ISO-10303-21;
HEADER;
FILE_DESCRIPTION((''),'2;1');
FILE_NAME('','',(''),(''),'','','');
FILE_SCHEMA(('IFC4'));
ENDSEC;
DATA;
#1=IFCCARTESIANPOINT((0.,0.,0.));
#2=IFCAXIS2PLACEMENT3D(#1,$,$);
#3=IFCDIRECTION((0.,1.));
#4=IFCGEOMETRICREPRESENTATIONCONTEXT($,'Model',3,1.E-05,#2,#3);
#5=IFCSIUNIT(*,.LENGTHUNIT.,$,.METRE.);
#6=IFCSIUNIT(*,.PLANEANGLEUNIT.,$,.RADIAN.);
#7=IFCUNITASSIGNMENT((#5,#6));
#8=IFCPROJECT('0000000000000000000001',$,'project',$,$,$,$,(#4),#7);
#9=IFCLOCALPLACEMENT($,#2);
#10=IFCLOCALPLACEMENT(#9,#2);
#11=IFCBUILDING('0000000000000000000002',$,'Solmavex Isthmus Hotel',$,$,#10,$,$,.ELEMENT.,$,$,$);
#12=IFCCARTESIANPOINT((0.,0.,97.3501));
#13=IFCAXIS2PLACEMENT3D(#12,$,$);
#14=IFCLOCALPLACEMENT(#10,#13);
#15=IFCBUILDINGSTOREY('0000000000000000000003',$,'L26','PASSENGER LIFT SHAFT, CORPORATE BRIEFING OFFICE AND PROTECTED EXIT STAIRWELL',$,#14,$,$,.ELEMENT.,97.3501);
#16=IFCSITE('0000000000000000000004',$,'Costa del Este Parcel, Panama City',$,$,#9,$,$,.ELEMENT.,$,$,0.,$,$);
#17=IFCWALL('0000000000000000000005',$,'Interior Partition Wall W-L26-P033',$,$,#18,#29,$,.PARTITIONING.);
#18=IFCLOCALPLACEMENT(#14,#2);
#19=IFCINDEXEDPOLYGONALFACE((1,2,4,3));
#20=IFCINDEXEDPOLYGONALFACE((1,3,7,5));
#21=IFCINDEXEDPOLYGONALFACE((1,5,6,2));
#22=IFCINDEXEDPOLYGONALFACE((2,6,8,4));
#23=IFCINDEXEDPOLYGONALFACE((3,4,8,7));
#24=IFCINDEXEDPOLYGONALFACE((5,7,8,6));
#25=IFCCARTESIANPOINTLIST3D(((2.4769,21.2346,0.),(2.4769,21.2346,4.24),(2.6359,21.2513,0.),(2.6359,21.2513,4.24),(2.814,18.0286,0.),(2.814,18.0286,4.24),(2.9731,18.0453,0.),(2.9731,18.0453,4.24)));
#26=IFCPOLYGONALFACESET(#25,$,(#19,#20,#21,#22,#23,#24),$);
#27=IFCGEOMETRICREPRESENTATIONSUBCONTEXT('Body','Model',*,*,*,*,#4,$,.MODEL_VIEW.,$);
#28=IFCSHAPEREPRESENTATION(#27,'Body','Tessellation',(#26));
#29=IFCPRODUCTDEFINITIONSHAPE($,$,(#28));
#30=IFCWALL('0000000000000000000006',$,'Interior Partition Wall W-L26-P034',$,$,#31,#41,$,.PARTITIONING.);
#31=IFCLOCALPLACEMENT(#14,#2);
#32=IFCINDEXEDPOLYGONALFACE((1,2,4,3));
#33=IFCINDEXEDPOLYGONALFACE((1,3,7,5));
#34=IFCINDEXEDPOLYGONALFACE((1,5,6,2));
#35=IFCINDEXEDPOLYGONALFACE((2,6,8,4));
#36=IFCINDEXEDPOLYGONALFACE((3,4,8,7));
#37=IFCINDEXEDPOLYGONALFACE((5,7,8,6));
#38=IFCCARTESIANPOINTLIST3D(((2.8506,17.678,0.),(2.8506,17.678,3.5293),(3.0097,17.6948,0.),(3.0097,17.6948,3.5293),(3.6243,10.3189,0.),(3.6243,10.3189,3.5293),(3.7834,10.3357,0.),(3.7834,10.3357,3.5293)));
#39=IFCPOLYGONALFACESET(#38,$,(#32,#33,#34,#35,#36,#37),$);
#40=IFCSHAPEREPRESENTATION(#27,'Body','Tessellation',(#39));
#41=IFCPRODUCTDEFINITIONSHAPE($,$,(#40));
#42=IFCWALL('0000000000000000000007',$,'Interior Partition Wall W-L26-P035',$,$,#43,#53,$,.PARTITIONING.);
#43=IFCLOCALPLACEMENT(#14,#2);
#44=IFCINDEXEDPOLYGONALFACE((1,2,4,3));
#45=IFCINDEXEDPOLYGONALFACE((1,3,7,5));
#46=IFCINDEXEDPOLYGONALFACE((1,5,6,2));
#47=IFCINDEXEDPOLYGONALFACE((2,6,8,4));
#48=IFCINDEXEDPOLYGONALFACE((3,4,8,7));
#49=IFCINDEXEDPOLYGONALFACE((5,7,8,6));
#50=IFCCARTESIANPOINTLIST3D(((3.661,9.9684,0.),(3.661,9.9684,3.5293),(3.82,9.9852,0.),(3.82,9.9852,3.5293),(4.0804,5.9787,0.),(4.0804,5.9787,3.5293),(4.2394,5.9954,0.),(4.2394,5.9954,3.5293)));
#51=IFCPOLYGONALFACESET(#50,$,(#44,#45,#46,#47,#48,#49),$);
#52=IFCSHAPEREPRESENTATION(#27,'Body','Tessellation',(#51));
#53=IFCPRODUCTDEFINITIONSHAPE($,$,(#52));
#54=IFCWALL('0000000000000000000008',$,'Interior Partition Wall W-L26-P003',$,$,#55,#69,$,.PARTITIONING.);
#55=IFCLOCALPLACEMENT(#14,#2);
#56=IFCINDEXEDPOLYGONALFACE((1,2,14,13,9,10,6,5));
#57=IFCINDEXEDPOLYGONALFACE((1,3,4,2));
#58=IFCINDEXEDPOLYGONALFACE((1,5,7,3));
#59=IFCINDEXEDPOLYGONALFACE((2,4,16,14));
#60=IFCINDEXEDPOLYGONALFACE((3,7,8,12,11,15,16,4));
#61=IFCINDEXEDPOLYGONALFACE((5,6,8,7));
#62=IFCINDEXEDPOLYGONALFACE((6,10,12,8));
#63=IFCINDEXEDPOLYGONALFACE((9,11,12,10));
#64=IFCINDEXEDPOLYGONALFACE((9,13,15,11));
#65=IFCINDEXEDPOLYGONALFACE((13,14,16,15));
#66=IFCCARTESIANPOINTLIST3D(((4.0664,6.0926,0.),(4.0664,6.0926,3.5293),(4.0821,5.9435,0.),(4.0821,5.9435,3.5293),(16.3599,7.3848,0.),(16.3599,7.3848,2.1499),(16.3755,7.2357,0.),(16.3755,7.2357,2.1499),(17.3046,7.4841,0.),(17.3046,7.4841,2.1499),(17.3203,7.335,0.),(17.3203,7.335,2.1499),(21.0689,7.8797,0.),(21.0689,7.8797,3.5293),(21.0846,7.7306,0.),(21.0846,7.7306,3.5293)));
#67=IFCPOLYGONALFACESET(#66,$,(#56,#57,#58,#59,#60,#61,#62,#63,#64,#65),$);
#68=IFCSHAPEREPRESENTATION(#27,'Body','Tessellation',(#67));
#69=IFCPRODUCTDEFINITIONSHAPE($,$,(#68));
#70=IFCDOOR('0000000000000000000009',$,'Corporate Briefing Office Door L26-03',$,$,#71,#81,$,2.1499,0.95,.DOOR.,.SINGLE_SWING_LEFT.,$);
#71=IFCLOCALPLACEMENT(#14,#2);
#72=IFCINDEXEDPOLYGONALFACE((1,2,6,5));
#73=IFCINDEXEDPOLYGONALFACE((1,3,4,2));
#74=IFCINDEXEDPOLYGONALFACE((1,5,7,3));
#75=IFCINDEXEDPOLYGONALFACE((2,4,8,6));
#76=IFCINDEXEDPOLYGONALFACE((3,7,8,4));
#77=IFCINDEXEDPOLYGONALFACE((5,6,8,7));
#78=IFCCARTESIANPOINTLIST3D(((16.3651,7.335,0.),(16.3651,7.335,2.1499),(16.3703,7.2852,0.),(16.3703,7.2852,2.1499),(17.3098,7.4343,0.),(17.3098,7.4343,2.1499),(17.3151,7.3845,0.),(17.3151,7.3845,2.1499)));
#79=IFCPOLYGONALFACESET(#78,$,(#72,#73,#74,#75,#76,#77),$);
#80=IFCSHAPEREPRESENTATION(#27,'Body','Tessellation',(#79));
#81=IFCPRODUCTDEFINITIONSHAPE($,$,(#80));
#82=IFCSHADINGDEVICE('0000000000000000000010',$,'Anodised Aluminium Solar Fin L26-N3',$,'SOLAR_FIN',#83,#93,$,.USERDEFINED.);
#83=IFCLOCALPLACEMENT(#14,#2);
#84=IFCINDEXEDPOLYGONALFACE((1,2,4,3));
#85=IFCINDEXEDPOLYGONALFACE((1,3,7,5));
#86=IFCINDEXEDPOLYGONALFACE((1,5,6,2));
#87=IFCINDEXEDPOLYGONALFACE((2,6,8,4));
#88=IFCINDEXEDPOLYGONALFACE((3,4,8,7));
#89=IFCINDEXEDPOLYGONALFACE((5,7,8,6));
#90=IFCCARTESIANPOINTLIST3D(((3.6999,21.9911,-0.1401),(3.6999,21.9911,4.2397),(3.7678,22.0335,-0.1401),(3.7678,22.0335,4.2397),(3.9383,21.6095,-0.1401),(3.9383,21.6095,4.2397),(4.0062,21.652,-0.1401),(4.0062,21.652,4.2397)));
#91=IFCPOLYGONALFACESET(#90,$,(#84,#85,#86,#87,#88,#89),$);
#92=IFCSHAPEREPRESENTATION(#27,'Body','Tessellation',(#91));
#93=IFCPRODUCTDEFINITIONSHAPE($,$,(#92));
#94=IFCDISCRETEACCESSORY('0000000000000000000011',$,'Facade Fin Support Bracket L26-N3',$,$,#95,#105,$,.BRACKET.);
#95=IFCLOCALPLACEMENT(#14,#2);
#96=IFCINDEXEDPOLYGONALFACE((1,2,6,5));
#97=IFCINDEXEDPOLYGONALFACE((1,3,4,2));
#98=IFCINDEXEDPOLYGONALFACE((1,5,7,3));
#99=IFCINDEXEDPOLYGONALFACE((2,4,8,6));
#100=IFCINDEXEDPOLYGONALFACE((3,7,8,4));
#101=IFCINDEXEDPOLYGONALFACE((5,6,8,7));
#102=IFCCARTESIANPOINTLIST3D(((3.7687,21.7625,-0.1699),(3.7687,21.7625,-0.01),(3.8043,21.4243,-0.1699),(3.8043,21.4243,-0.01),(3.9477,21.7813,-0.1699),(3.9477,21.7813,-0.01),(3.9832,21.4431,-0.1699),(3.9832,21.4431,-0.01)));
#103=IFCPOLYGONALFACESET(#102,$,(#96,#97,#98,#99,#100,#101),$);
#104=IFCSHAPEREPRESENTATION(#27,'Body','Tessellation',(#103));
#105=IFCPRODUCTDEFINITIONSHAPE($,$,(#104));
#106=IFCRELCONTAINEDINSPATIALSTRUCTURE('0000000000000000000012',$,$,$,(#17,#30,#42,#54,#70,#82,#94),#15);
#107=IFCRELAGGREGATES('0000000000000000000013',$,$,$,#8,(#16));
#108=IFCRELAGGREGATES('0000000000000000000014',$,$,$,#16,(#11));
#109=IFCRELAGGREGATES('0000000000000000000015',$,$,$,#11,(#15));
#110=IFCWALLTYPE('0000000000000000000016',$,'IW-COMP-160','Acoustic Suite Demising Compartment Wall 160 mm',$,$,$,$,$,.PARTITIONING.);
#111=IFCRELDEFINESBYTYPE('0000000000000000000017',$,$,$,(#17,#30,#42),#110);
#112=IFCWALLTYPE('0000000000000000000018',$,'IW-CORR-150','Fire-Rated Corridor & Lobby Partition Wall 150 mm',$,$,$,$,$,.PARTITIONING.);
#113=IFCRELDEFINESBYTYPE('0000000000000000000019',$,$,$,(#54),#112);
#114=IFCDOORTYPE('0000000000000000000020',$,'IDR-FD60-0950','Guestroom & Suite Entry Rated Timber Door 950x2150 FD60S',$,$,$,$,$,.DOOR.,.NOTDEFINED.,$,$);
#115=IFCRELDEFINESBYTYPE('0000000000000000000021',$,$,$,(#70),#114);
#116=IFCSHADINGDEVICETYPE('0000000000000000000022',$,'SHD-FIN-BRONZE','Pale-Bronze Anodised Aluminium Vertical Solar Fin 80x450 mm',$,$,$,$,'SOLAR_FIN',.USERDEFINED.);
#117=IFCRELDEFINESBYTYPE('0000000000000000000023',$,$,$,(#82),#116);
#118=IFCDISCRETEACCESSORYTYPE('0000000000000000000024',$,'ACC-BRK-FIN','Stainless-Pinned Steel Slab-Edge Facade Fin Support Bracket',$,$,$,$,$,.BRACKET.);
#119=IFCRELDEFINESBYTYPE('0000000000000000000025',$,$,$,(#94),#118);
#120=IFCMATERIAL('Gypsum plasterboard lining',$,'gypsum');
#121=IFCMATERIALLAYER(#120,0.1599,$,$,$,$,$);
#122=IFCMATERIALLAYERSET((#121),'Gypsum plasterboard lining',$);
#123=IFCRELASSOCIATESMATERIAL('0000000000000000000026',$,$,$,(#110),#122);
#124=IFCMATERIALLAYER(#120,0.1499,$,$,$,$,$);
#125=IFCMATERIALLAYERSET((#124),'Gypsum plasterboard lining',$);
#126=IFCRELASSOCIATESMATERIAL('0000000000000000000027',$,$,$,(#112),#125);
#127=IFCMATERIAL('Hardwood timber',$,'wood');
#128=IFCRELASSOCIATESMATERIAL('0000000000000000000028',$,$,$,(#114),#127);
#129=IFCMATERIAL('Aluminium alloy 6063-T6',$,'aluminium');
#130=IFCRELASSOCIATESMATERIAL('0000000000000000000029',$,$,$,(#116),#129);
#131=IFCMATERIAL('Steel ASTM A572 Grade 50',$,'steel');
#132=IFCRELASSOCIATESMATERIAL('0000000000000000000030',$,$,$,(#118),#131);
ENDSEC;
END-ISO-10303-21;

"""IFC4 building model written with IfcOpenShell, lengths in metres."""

from ifc_helpers import new_model, si_unit, direction, frame, frame_2d, origin, origin_2d, place, context, subcontext, project, spatial, rectangle, extrude, material, layer, layer_set, type_object, element, fill, save


model = new_model("IFC4")

# Units and contexts
model_context = context("Model", 3, precision=1e-05, world=origin(), true_north=direction((0.0, 1.0)))
body_context = subcontext(model_context, "Body", "Model", "MODEL_VIEW")
ifc_project = project(units=[si_unit("LENGTHUNIT", "METRE"), si_unit("PLANEANGLEUNIT", "RADIAN")], contexts=[model_context])

# Site, building, storey
site_placement = place(None, origin())
site = spatial("IfcSite", under=ifc_project, at=site_placement, Name="Costa del Este Parcel, Panama City", CompositionType="ELEMENT", RefElevation=0.0)
building_placement = place(site_placement, origin())
building = spatial("IfcBuilding", under=site, at=building_placement, Name="Solmavex Isthmus Hotel", CompositionType="ELEMENT")
storey_placement = place(building_placement, frame((0.0, 0.0, 97.3501)))
storey = spatial("IfcBuildingStorey", under=building, at=storey_placement, Name="L26", Description="PASSENGER LIFT SHAFT, CORPORATE BRIEFING OFFICE AND PROTECTED EXIT STAIRWELL", CompositionType="ELEMENT", Elevation=97.3501)

# Shared definitions
ifc_material_1 = material(Name="Aluminium alloy 6063-T6", Category="aluminium")

# Walls
ifc_material_2 = material(Name="Gypsum plasterboard lining", Category="gypsum")
ifc_layer_1 = layer(ifc_material_2, 0.1599)
ifc_layer_set_1 = layer_set([ifc_layer_1], Name="Gypsum plasterboard lining")
wall_type_1 = type_object("IfcWallType", Name="IW-COMP-160", Description="Acoustic Suite Demising Compartment Wall 160 mm", PredefinedType="PARTITIONING", material=ifc_layer_set_1)
wall_1_placement = place(storey_placement, frame((2.5564, 21.2429, 0.0), z_axis=(0.0, 0.0, 1.0), x_axis=(0.104586, -0.994516, 0.0)))
element("IfcWall", 1, at=wall_1_placement, inside=storey, type_object=wall_type_1, Name="Interior Partition Wall W-L26-P033", PredefinedType="PARTITIONING", context=body_context, shape_type="SweptSolid", body=[
    extrude(rectangle(XDim=3.2236, YDim=0.1599, at=frame_2d((1.6118, 0.0))), origin(), (0.0, 0.0, 1.0), 4.24),
])
wall_2_placement = place(storey_placement, frame((2.9302, 17.6863, 0.0), z_axis=(0.0, 0.0, 1.0), x_axis=(0.104556, -0.994519, 0.0)))
element("IfcWall", 2, at=wall_2_placement, inside=storey, type_object=wall_type_1, Name="Interior Partition Wall W-L26-P034", PredefinedType="PARTITIONING", context=body_context, shape_type="SweptSolid", body=[
    extrude(rectangle(XDim=7.3997, YDim=0.1599, at=frame_2d((3.6997, 0.0))), origin(), (0.0, 0.0, 1.0), 3.5293),
])
wall_3_placement = place(storey_placement, frame((3.7405, 9.9768, 0.0), z_axis=(0.0, 0.0, 1.0), x_axis=(0.104552, -0.994519, 0.0)))
element("IfcWall", 3, at=wall_3_placement, inside=storey, type_object=wall_type_1, Name="Interior Partition Wall W-L26-P035", PredefinedType="PARTITIONING", context=body_context, shape_type="SweptSolid", body=[
    extrude(rectangle(XDim=4.0117, YDim=0.1599, at=frame_2d((2.0059, 0.0))), origin(), (0.0, 0.0, 1.0), 3.5293),
])

# Wall, opening, door
ifc_layer_2 = layer(ifc_material_2, 0.1499)
ifc_layer_set_2 = layer_set([ifc_layer_2], Name="Gypsum plasterboard lining")
wall_type_2 = type_object("IfcWallType", Name="IW-CORR-150", Description="Fire-Rated Corridor & Lobby Partition Wall 150 mm", PredefinedType="PARTITIONING", material=ifc_layer_set_2)
wall_4_placement = place(storey_placement, frame((4.0742, 6.0181, 0.0), z_axis=(0.0, 0.0, 1.0), x_axis=(0.994521, 0.104533, 0.0)))
wall_4 = element("IfcWall", 4, at=wall_4_placement, inside=storey, type_object=wall_type_2, Name="Interior Partition Wall W-L26-P003", PredefinedType="PARTITIONING", context=body_context, shape_type="SweptSolid", body=[
    extrude(rectangle(XDim=17.0962, YDim=0.1499, at=frame_2d((8.5481, 0.0))), origin(), (0.0, 0.0, 1.0), 3.5293),
])
opening_placement = place(wall_4_placement, frame((12.3611, 0.0, 0.0)))
opening = element("IfcOpeningElement", 5, at=opening_placement, cuts=wall_4, PredefinedType="OPENING", context=body_context, shape_type="SweptSolid", body=[
    extrude(rectangle(XDim=0.95, YDim=2.1499, at=frame_2d((0.4751, 1.075))), frame((0.0, 0.085, 0.0), z_axis=(0.0, -1.0, 0.0), x_axis=(1.0, 0.0, 0.0)), (0.0, 0.0, 1.0), 0.1699),
])
ifc_material_3 = material(Name="Hardwood timber", Category="wood")
door_type = type_object("IfcDoorType", Name="IDR-FD60-0950", Description="Guestroom & Suite Entry Rated Timber Door 950x2150 FD60S", OperationType="NOTDEFINED", PredefinedType="DOOR", material=ifc_material_3)
door_placement = place(opening_placement, origin())
door = element("IfcDoor", 6, at=door_placement, inside=storey, type_object=door_type, Name="Corporate Briefing Office Door L26-03", OperationType="SINGLE_SWING_LEFT", OverallHeight=2.1499, OverallWidth=0.95, PredefinedType="DOOR", context=body_context, shape_type="SweptSolid", body=[
    extrude(rectangle(XDim=0.95, YDim=2.1499, at=frame_2d((0.4751, 1.075))), frame((0.0, 0.0249, 0.0), z_axis=(0.0, -1.0, 0.0), x_axis=(1.0, 0.0, 0.0)), (0.0, 0.0, 1.0), 0.05),
])
fill(opening, door)

# Shading device
shading_device_type = type_object("IfcShadingDeviceType", Name="SHD-FIN-BRONZE", Description="Pale-Bronze Anodised Aluminium Vertical Solar Fin 80x450 mm", ElementType="SOLAR_FIN", PredefinedType="USERDEFINED", material=ifc_material_1)
shading_device_placement = place(storey_placement, frame((3.853, 21.8215, -0.1401), z_axis=(0.0, 0.0, 1.0), x_axis=(-0.529919, 0.848048, 0.0)))
element("IfcShadingDevice", 7, at=shading_device_placement, inside=storey, type_object=shading_device_type, Name="Anodised Aluminium Solar Fin L26-N3", ObjectType="SOLAR_FIN", PredefinedType="USERDEFINED", context=body_context, shape_type="SweptSolid", body=[
    extrude(rectangle(XDim=0.45, YDim=0.0801, at=origin_2d()), origin(), (0.0, 0.0, 1.0), 4.3799),
])

# Discrete accessory
ifc_material_4 = material(Name="Steel ASTM A572 Grade 50", Category="steel")
discrete_accessory_type = type_object("IfcDiscreteAccessoryType", Name="ACC-BRK-FIN", Description="Stainless-Pinned Steel Slab-Edge Facade Fin Support Bracket", PredefinedType="BRACKET", material=ifc_material_4)
discrete_accessory_placement = place(storey_placement, frame((3.876, 21.6028, -0.1699), z_axis=(0.0, 0.0, 1.0), x_axis=(-0.104528, 0.994522, 0.0)))
element("IfcDiscreteAccessory", 8, at=discrete_accessory_placement, inside=storey, type_object=discrete_accessory_type, Name="Facade Fin Support Bracket L26-N3", PredefinedType="BRACKET", context=body_context, shape_type="SweptSolid", body=[
    extrude(rectangle(XDim=0.3401, YDim=0.1799, at=origin_2d()), origin(), (0.0, 0.0, 1.0), 0.1599),
])

save(model, "model.ifc")
